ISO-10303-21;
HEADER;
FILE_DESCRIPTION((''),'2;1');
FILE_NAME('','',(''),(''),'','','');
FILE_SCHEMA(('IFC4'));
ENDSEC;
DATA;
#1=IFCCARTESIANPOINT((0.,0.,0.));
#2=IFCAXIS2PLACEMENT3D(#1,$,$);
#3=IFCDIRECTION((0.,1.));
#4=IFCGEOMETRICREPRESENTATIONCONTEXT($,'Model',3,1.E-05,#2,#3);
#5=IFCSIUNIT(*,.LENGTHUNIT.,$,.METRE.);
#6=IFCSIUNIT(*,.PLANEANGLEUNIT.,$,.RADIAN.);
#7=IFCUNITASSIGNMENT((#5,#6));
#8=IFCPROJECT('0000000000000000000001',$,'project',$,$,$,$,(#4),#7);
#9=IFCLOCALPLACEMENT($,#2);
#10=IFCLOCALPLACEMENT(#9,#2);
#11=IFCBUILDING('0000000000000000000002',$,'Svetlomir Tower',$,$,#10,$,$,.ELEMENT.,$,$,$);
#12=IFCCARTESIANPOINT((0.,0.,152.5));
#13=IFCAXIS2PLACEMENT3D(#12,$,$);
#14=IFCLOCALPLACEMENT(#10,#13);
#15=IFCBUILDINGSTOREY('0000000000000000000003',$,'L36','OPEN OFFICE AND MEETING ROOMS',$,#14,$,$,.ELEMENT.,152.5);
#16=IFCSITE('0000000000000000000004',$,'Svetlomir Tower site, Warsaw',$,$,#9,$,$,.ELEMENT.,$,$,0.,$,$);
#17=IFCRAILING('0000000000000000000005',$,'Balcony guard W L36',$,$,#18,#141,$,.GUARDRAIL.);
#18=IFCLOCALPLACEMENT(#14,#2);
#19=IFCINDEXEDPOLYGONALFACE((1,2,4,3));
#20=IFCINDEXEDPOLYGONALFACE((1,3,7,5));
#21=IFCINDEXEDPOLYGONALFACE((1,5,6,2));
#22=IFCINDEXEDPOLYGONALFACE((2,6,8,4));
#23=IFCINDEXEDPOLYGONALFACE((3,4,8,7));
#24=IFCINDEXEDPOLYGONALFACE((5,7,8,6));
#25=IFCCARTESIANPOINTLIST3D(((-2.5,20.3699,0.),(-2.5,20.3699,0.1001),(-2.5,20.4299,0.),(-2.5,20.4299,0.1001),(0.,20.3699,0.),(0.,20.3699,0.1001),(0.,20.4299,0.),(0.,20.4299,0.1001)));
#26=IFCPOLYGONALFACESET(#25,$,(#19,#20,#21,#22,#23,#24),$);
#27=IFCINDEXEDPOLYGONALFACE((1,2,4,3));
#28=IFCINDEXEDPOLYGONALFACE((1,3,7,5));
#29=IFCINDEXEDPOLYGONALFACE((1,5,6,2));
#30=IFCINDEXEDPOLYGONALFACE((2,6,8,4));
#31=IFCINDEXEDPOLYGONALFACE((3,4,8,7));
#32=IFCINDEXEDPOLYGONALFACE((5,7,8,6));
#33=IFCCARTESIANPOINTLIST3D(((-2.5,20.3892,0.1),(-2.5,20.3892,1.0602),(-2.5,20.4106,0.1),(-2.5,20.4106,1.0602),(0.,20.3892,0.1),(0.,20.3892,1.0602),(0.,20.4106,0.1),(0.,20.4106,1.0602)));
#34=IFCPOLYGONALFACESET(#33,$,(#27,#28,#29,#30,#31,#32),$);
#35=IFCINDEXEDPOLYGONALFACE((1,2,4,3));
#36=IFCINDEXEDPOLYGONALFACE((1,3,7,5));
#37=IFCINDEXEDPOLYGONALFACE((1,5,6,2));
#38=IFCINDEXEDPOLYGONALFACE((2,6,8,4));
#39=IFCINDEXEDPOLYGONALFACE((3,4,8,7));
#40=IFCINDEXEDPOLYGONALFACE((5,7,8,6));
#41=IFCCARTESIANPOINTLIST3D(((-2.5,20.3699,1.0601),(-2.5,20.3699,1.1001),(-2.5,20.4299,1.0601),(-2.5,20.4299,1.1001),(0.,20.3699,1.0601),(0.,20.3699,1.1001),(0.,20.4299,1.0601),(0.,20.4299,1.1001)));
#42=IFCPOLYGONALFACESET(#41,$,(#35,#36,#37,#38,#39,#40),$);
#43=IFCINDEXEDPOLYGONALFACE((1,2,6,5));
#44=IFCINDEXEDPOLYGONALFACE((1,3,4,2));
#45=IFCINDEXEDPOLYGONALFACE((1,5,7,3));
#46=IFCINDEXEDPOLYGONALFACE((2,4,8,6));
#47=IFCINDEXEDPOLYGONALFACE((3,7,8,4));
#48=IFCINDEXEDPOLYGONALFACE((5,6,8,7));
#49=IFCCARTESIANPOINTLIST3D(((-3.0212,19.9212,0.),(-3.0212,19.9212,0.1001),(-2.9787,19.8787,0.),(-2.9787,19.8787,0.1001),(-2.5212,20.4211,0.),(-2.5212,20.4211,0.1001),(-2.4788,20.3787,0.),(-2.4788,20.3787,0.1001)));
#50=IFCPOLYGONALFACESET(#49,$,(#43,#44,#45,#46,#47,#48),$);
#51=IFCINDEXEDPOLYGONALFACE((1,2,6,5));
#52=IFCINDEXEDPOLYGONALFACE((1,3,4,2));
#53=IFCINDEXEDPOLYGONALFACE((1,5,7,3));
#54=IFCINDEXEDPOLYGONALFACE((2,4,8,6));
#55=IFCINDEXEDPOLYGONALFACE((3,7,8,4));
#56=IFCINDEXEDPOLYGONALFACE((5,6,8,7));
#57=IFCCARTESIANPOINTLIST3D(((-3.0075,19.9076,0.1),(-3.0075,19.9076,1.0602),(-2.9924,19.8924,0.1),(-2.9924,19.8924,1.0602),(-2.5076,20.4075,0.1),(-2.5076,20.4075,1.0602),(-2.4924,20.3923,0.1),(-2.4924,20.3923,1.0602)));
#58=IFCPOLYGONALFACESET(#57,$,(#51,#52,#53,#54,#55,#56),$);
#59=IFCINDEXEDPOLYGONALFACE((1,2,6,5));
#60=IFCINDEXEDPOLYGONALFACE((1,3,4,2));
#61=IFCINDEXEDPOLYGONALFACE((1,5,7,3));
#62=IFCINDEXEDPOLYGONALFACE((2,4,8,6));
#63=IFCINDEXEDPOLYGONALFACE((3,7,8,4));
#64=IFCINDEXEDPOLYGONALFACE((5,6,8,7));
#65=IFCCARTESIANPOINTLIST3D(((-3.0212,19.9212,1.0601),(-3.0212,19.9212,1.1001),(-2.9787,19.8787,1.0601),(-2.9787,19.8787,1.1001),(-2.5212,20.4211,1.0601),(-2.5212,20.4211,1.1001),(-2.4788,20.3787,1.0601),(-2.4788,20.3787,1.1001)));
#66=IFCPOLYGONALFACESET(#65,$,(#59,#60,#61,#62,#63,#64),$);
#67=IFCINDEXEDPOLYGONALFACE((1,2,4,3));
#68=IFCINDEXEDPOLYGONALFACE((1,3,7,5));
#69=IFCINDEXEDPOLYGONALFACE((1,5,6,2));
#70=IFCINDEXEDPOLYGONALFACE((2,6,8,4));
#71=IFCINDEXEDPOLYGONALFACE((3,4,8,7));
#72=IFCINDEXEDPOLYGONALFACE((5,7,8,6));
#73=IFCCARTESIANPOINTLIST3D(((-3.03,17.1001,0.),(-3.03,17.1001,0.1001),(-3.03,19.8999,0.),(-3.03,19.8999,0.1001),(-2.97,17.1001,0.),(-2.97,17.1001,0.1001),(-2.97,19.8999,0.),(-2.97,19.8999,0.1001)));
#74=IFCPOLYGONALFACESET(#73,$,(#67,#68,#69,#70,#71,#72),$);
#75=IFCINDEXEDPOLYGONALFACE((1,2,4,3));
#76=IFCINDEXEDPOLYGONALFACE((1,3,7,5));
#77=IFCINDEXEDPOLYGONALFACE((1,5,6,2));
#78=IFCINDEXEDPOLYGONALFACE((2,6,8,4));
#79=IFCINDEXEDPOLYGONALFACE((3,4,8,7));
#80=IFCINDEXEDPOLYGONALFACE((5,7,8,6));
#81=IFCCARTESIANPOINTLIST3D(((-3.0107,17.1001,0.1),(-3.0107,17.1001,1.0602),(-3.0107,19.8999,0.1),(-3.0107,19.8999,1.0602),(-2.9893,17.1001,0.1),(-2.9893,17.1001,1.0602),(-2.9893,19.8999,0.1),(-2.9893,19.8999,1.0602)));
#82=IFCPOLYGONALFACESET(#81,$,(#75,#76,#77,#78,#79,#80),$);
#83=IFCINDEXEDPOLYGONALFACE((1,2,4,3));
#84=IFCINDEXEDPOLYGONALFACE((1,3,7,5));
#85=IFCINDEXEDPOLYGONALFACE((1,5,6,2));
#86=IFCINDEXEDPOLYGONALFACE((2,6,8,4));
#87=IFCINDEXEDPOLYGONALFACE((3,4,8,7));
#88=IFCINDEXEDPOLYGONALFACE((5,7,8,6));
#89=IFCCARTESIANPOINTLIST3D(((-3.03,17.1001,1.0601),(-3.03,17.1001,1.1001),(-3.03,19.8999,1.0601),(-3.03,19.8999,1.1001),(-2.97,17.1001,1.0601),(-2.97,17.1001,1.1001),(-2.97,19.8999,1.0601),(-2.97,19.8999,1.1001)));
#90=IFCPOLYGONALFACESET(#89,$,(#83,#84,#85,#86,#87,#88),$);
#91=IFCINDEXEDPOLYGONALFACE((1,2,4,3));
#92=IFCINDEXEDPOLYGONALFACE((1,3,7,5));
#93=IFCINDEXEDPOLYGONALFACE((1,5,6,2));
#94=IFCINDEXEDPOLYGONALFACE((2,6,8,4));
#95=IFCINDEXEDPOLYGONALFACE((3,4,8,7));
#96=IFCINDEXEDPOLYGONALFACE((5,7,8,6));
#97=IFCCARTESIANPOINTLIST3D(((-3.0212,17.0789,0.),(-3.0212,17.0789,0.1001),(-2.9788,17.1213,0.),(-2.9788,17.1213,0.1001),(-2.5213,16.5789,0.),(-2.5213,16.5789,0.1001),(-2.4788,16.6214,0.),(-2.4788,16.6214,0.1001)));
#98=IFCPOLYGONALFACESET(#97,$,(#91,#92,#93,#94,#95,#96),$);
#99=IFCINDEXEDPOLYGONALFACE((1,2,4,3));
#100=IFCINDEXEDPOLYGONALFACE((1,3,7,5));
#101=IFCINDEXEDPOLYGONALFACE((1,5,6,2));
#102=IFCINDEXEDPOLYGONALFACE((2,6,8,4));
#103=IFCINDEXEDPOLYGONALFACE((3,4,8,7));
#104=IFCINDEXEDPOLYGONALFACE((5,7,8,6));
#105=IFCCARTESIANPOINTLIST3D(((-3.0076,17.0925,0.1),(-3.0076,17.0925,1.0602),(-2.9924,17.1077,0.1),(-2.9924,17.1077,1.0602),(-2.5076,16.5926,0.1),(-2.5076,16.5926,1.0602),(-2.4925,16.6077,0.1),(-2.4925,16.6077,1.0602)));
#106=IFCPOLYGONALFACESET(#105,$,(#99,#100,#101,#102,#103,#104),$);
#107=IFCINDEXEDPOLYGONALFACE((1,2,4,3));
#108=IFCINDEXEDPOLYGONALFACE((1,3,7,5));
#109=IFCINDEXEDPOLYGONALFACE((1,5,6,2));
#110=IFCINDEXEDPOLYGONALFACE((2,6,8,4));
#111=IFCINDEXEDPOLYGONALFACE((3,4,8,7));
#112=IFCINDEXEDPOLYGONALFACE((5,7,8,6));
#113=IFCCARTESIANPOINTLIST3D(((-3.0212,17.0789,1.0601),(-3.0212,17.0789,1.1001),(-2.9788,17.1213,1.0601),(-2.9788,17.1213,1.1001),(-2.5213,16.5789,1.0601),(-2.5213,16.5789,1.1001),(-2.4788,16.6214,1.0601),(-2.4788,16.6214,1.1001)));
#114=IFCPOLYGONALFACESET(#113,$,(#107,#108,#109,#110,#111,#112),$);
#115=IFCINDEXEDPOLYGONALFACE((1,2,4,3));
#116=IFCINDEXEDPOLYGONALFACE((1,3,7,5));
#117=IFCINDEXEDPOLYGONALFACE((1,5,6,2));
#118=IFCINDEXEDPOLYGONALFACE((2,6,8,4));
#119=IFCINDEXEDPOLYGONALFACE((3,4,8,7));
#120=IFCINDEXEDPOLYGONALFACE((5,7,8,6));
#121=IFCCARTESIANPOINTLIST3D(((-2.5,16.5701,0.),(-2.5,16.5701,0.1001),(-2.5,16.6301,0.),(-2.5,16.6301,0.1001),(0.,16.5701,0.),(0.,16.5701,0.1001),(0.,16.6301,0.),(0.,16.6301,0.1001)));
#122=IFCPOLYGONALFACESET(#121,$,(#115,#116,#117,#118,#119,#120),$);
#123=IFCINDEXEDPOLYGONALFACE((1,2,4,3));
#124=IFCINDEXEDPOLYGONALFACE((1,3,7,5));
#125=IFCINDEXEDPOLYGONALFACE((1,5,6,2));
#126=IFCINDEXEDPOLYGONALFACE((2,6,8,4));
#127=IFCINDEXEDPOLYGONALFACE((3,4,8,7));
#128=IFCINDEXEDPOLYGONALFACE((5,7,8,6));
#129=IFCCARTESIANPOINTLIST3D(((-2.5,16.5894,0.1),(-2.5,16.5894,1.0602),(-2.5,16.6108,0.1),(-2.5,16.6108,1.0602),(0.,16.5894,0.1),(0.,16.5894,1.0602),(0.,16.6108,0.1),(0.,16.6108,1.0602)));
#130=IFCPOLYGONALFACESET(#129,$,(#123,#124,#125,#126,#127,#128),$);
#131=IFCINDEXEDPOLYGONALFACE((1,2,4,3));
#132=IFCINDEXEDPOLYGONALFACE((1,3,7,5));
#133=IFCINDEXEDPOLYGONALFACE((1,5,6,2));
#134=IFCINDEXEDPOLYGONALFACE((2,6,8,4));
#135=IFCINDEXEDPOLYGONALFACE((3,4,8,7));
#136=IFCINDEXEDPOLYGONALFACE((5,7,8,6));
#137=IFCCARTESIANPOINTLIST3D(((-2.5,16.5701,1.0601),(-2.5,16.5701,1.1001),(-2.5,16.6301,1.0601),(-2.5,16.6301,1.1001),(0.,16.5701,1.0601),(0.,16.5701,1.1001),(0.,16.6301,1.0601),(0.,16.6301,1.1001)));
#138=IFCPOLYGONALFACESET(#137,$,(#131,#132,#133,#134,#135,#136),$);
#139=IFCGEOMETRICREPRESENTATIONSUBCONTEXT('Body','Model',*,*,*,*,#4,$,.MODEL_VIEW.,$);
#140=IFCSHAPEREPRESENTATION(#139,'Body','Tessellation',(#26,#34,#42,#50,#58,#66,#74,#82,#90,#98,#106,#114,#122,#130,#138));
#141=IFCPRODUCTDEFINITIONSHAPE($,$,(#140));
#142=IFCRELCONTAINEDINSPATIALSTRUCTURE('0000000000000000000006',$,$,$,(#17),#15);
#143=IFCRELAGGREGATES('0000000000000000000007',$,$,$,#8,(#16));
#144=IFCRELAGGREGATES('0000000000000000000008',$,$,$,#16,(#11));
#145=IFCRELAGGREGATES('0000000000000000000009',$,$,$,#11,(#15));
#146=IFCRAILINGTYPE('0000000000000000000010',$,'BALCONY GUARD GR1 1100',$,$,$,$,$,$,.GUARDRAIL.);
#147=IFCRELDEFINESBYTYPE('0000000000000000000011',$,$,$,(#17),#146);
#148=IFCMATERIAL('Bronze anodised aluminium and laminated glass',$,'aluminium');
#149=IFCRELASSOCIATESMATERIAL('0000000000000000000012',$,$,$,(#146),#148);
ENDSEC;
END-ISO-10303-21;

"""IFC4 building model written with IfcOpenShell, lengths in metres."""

from ifc_helpers import new_model, si_unit, direction, frame, origin, origin_2d, place, context, subcontext, project, spatial, rectangle, extrude, material, type_object, element, save


model = new_model("IFC4")

# Units and contexts
model_context = context("Model", 3, precision=1e-05, world=origin(), true_north=direction((0.0, 1.0)))
body_context = subcontext(model_context, "Body", "Model", "MODEL_VIEW")
ifc_project = project(units=[si_unit("LENGTHUNIT", "METRE"), si_unit("PLANEANGLEUNIT", "RADIAN")], contexts=[model_context])

# Site, building, storey
site_placement = place(None, origin())
site = spatial("IfcSite", under=ifc_project, at=site_placement, Name="Svetlomir Tower site, Warsaw", CompositionType="ELEMENT", RefElevation=0.0)
building_placement = place(site_placement, origin())
building = spatial("IfcBuilding", under=site, at=building_placement, Name="Svetlomir Tower", CompositionType="ELEMENT")
storey_placement = place(building_placement, frame((0.0, 0.0, 152.5)))
storey = spatial("IfcBuildingStorey", under=building, at=storey_placement, Name="L36", Description="OPEN OFFICE AND MEETING ROOMS", CompositionType="ELEMENT", Elevation=152.5)

# Railing
ifc_material_1 = material(Name="Bronze anodised aluminium and laminated glass", Category="aluminium")
railing_type_1 = type_object("IfcRailingType", Name="BALCONY GUARD GR1 1100", PredefinedType="GUARDRAIL", material=ifc_material_1)
railing_1_placement = place(storey_placement, frame((0.0, 20.3999, 0.0)))
element("IfcRailing", 1, at=railing_1_placement, inside=storey, type_object=railing_type_1, Name="Balcony guard W L36", PredefinedType="GUARDRAIL", context=body_context, shape_type="SweptSolid", body=[
    extrude(rectangle(XDim=0.0601, YDim=0.1001, at=origin_2d()), frame((0.0, 0.0, 0.05), z_axis=(-1.0, 0.0, 0.0), x_axis=(0.0, -1.0, 0.0)), (0.0, 0.0, 1.0), 2.5),
    extrude(rectangle(XDim=0.0215, YDim=0.9602, at=origin_2d()), frame((0.0, 0.0, 0.5801), z_axis=(-1.0, 0.0, 0.0), x_axis=(0.0, -1.0, 0.0)), (0.0, 0.0, 1.0), 2.5),
    extrude(rectangle(XDim=0.0601, YDim=0.04, at=origin_2d()), frame((0.0, 0.0, 1.0801), z_axis=(-1.0, 0.0, 0.0), x_axis=(0.0, -1.0, 0.0)), (0.0, 0.0, 1.0), 2.5),
    extrude(rectangle(XDim=0.0601, YDim=0.1001, at=origin_2d()), frame((-2.5, 0.0, 0.05), z_axis=(-0.707107, -0.707107, 0.0), x_axis=(0.707107, -0.707107, 0.0)), (0.0, 0.0, 1.0), 0.707),
    extrude(rectangle(XDim=0.0215, YDim=0.9602, at=origin_2d()), frame((-2.5, 0.0, 0.5801), z_axis=(-0.707107, -0.707107, 0.0), x_axis=(0.707107, -0.707107, 0.0)), (0.0, 0.0, 1.0), 0.707),
    extrude(rectangle(XDim=0.0601, YDim=0.04, at=origin_2d()), frame((-2.5, 0.0, 1.0801), z_axis=(-0.707107, -0.707107, 0.0), x_axis=(0.707107, -0.707107, 0.0)), (0.0, 0.0, 1.0), 0.707),
    extrude(rectangle(XDim=0.0601, YDim=0.1001, at=origin_2d()), frame((-3.0, -0.5, 0.05), z_axis=(0.0, -1.0, 0.0), x_axis=(1.0, 0.0, 0.0)), (0.0, 0.0, 1.0), 2.7998),
    extrude(rectangle(XDim=0.0215, YDim=0.9602, at=origin_2d()), frame((-3.0, -0.5, 0.5801), z_axis=(0.0, -1.0, 0.0), x_axis=(1.0, 0.0, 0.0)), (0.0, 0.0, 1.0), 2.7998),
    extrude(rectangle(XDim=0.0601, YDim=0.04, at=origin_2d()), frame((-3.0, -0.5, 1.0801), z_axis=(0.0, -1.0, 0.0), x_axis=(1.0, 0.0, 0.0)), (0.0, 0.0, 1.0), 2.7998),
    extrude(rectangle(XDim=0.0601, YDim=0.1001, at=origin_2d()), frame((-3.0, -3.2998, 0.05), z_axis=(0.707107, -0.707107, 0.0), x_axis=(0.707107, 0.707107, 0.0)), (0.0, 0.0, 1.0), 0.707),
    extrude(rectangle(XDim=0.0215, YDim=0.9602, at=origin_2d()), frame((-3.0, -3.2998, 0.5801), z_axis=(0.707107, -0.707107, 0.0), x_axis=(0.707107, 0.707107, 0.0)), (0.0, 0.0, 1.0), 0.707),
    extrude(rectangle(XDim=0.0601, YDim=0.04, at=origin_2d()), frame((-3.0, -3.2998, 1.0801), z_axis=(0.707107, -0.707107, 0.0), x_axis=(0.707107, 0.707107, 0.0)), (0.0, 0.0, 1.0), 0.707),
    extrude(rectangle(XDim=0.0601, YDim=0.1001, at=origin_2d()), frame((-2.5, -3.7998, 0.05), z_axis=(1.0, 0.0, 0.0), x_axis=(0.0, 1.0, 0.0)), (0.0, 0.0, 1.0), 2.5),
    extrude(rectangle(XDim=0.0215, YDim=0.9602, at=origin_2d()), frame((-2.5, -3.7998, 0.5801), z_axis=(1.0, 0.0, 0.0), x_axis=(0.0, 1.0, 0.0)), (0.0, 0.0, 1.0), 2.5),
    extrude(rectangle(XDim=0.0601, YDim=0.04, at=origin_2d()), frame((-2.5, -3.7998, 1.0801), z_axis=(1.0, 0.0, 0.0), x_axis=(0.0, 1.0, 0.0)), (0.0, 0.0, 1.0), 2.5),
])

save(model, "model.ifc")
